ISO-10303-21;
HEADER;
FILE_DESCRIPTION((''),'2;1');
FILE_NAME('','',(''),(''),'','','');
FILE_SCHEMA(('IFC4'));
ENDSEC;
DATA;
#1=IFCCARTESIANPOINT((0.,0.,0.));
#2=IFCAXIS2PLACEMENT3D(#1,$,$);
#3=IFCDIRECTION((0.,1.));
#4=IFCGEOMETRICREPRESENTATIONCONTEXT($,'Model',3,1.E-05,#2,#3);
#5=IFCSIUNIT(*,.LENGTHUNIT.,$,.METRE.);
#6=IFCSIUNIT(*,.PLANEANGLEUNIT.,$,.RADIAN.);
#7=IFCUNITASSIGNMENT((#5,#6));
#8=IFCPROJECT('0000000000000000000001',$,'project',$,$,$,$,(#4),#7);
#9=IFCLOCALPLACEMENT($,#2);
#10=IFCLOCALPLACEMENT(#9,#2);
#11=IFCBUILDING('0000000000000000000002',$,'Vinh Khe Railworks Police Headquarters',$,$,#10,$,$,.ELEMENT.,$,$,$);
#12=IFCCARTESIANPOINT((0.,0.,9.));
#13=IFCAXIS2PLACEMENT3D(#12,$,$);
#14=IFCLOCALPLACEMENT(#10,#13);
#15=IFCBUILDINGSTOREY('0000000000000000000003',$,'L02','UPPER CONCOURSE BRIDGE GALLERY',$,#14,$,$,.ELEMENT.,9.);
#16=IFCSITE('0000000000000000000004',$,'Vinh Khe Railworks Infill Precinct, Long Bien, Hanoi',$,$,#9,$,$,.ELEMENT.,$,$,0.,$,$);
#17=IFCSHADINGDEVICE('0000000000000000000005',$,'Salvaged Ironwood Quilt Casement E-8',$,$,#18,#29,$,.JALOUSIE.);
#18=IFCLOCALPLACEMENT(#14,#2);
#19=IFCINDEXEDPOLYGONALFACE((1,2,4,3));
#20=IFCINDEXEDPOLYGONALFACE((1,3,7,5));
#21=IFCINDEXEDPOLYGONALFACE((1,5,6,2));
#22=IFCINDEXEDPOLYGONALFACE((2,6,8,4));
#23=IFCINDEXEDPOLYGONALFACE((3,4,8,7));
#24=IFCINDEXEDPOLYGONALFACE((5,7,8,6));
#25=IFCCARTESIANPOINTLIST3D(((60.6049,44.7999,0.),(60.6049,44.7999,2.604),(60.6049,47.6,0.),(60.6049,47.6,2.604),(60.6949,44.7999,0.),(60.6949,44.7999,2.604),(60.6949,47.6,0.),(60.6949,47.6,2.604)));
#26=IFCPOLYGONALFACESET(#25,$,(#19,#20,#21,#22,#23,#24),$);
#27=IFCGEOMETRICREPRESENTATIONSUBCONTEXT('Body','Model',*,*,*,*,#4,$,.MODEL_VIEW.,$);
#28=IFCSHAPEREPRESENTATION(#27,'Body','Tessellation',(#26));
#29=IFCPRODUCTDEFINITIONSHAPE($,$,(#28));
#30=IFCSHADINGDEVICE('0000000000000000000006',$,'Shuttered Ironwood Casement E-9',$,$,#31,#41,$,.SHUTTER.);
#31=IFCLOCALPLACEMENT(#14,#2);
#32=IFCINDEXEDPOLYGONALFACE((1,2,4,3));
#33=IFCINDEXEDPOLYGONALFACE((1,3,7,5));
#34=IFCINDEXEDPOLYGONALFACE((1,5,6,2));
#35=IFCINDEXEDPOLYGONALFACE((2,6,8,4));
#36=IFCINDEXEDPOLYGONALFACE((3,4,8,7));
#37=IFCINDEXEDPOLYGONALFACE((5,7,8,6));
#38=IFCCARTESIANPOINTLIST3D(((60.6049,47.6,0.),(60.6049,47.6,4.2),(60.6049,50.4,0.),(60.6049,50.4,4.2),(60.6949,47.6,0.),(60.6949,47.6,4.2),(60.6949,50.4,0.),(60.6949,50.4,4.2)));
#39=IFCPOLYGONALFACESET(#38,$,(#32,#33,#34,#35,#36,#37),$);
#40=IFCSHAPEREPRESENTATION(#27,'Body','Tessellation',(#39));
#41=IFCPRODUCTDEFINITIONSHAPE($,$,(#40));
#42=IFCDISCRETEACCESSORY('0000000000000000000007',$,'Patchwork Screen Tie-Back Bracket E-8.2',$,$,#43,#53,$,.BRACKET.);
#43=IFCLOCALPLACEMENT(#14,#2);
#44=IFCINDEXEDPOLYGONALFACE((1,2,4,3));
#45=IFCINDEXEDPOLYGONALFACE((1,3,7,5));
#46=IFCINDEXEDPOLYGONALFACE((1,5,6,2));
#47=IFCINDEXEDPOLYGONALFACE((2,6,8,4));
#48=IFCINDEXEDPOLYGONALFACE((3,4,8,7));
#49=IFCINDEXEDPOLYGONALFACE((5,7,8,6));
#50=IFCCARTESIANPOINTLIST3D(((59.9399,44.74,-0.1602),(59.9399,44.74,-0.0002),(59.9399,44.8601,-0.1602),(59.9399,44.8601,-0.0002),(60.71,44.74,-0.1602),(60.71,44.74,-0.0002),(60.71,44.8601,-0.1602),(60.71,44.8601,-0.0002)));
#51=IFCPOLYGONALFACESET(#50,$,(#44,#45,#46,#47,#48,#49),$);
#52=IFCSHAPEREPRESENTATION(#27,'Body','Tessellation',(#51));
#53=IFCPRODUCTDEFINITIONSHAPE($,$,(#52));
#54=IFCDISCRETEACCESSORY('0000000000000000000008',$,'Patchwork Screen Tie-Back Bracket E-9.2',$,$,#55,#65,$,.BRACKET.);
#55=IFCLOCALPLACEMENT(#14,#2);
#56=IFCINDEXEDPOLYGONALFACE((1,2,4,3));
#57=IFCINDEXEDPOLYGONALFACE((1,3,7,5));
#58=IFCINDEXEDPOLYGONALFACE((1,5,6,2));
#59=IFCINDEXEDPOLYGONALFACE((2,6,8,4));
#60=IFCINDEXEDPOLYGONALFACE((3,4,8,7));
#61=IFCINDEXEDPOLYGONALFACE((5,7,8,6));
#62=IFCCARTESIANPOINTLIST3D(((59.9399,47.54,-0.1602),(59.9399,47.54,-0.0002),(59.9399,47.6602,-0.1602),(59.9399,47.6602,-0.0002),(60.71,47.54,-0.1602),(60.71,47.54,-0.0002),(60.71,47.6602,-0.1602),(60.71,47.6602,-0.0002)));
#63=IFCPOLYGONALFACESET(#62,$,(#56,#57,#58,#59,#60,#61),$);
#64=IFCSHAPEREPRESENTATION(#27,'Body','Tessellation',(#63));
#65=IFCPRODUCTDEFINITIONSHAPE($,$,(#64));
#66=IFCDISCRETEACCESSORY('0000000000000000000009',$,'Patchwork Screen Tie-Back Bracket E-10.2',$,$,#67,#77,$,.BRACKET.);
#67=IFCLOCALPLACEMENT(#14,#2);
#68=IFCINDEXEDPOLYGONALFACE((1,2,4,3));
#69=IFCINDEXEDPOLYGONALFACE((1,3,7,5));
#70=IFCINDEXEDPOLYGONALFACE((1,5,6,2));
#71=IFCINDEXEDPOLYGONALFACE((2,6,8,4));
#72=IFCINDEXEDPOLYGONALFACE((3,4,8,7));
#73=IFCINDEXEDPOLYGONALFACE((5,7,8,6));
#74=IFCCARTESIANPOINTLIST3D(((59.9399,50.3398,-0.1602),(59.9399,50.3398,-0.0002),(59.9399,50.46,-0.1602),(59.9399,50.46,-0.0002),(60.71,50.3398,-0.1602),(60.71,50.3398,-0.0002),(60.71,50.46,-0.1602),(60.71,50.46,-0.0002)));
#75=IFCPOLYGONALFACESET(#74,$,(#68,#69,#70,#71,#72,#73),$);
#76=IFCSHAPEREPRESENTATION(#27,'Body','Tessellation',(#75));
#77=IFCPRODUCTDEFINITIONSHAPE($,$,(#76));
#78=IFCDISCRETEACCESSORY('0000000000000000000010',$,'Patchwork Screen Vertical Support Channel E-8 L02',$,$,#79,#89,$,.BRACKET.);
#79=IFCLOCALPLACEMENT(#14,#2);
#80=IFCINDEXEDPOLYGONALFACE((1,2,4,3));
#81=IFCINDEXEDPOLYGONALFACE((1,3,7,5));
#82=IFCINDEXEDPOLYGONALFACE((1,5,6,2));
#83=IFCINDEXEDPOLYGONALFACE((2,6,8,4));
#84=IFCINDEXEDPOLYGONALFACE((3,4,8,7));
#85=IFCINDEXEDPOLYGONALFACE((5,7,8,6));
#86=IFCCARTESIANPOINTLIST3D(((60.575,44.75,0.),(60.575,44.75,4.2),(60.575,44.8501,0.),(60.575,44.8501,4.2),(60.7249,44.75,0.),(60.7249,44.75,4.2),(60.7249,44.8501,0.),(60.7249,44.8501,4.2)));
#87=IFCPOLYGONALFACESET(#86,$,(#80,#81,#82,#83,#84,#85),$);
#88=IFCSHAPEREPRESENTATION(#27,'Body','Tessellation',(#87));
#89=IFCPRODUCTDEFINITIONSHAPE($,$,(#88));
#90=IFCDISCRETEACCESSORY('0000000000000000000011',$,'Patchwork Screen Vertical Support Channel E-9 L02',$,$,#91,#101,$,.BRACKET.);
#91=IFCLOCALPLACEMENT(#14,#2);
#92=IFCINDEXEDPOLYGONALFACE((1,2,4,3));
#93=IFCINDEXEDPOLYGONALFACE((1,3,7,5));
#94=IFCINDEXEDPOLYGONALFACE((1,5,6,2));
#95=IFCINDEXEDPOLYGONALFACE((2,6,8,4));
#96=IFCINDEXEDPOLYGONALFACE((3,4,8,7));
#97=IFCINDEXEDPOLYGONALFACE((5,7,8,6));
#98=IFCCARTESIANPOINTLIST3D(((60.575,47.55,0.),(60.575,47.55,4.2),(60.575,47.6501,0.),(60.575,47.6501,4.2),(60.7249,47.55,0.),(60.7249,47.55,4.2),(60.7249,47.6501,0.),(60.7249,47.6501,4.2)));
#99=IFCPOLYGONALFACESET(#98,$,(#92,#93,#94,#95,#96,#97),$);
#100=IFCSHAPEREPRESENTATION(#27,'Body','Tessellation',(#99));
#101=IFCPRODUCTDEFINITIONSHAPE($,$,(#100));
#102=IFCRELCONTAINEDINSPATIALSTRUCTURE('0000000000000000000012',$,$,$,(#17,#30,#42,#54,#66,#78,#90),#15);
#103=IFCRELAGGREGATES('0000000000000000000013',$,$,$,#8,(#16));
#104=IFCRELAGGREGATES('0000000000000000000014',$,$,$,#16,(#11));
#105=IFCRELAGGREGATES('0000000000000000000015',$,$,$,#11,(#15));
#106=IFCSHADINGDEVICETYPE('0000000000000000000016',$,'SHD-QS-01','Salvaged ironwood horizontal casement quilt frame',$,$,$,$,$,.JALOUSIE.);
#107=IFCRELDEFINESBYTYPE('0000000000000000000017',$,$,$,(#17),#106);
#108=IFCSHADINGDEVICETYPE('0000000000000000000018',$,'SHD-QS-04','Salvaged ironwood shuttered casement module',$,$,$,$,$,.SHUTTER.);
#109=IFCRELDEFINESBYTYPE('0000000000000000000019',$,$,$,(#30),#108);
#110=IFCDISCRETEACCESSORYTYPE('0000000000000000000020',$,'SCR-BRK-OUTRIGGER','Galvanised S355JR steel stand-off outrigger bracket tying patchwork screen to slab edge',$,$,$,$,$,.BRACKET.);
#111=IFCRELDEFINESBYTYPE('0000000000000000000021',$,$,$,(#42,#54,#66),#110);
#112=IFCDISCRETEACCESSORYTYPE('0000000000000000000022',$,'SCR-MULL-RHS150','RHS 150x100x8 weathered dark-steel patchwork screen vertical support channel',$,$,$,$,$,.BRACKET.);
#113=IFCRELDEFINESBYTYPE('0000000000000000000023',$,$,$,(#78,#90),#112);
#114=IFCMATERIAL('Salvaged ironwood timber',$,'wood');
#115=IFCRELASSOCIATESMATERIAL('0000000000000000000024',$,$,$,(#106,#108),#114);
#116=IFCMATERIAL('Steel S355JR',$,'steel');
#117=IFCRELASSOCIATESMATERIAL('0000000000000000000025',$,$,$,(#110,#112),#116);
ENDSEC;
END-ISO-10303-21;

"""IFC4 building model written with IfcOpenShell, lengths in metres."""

from ifc_helpers import new_model, si_unit, direction, frame, origin, origin_2d, place, context, subcontext, project, spatial, rectangle, extrude, material, type_object, element, save


model = new_model("IFC4")

# Units and contexts
model_context = context("Model", 3, precision=1e-05, world=origin(), true_north=direction((0.0, 1.0)))
body_context = subcontext(model_context, "Body", "Model", "MODEL_VIEW")
ifc_project = project(units=[si_unit("LENGTHUNIT", "METRE"), si_unit("PLANEANGLEUNIT", "RADIAN")], contexts=[model_context])

# Site, building, storey
site_placement = place(None, origin())
site = spatial("IfcSite", under=ifc_project, at=site_placement, Name="Vinh Khe Railworks Infill Precinct, Long Bien, Hanoi", CompositionType="ELEMENT", RefElevation=0.0)
building_placement = place(site_placement, origin())
building = spatial("IfcBuilding", under=site, at=building_placement, Name="Vinh Khe Railworks Police Headquarters", CompositionType="ELEMENT")
storey_placement = place(building_placement, frame((0.0, 0.0, 9.0)))
storey = spatial("IfcBuildingStorey", under=building, at=storey_placement, Name="L02", Description="UPPER CONCOURSE BRIDGE GALLERY", CompositionType="ELEMENT", Elevation=9.0)

# Shared definitions
ifc_material_1 = material(Name="Steel S355JR", Category="steel")

# Shared definitions
ifc_material_2 = material(Name="Salvaged ironwood timber", Category="wood")

# Shading devices
shading_device_type_1 = type_object("IfcShadingDeviceType", Name="SHD-QS-01", Description="Salvaged ironwood horizontal casement quilt frame", PredefinedType="JALOUSIE", material=ifc_material_2)
shading_device_1_placement = place(storey_placement, frame((60.6499, 46.2, 0.0), z_axis=(0.0, 0.0, 1.0), x_axis=(0.0, 1.0, 0.0)))
element("IfcShadingDevice", 1, at=shading_device_1_placement, inside=storey, type_object=shading_device_type_1, Name="Salvaged Ironwood Quilt Casement E-8", PredefinedType="JALOUSIE", context=body_context, shape_type="SweptSolid", body=[
    extrude(rectangle(XDim=2.8, YDim=0.0901, at=origin_2d()), origin(), (0.0, 0.0, 1.0), 2.604),
])
shading_device_type_2 = type_object("IfcShadingDeviceType", Name="SHD-QS-04", Description="Salvaged ironwood shuttered casement module", PredefinedType="SHUTTER", material=ifc_material_2)
shading_device_2_placement = place(storey_placement, frame((60.6499, 49.0, 0.0), z_axis=(0.0, 0.0, 1.0), x_axis=(0.0, 1.0, 0.0)))
element("IfcShadingDevice", 2, at=shading_device_2_placement, inside=storey, type_object=shading_device_type_2, Name="Shuttered Ironwood Casement E-9", PredefinedType="SHUTTER", context=body_context, shape_type="SweptSolid", body=[
    extrude(rectangle(XDim=2.8, YDim=0.0901, at=origin_2d()), origin(), (0.0, 0.0, 1.0), 4.2),
])

# Discrete accessories
discrete_accessory_type_1 = type_object("IfcDiscreteAccessoryType", Name="SCR-BRK-OUTRIGGER", Description="Galvanised S355JR steel stand-off outrigger bracket tying patchwork screen to slab edge", PredefinedType="BRACKET", material=ifc_material_1)
for number, where, z_axis, x_axis, name in (
    (3, (60.325, 44.8, -0.1602), (0.0, 0.0, 1.0), (1.0, 0.0, 0.0), "Patchwork Screen Tie-Back Bracket E-8.2"),
    (4, (60.325, 47.6001, -0.1602), (0.0, 0.0, 1.0), (1.0, 0.0, 0.0), "Patchwork Screen Tie-Back Bracket E-9.2"),
    (5, (60.325, 50.3999, -0.1602), (0.0, 0.0, 1.0), (1.0, 0.0, 0.0), "Patchwork Screen Tie-Back Bracket E-10.2"),
):
    element("IfcDiscreteAccessory", number, at=place(storey_placement, frame(where, z_axis=z_axis, x_axis=x_axis)), inside=storey, type_object=discrete_accessory_type_1, Name=name, PredefinedType="BRACKET", context=body_context, shape_type="SweptSolid", body=[
        extrude(rectangle(XDim=0.77, YDim=0.1201, at=origin_2d()), origin(), (0.0, 0.0, 1.0), 0.1599),
    ])
discrete_accessory_type_2 = type_object("IfcDiscreteAccessoryType", Name="SCR-MULL-RHS150", Description="RHS 150x100x8 weathered dark-steel patchwork screen vertical support channel", PredefinedType="BRACKET", material=ifc_material_1)
for number, where, z_axis, x_axis, name in (
    (6, (60.6499, 44.8, 0.0), (0.0, 0.0, 1.0), (1.0, 0.0, 0.0), "Patchwork Screen Vertical Support Channel E-8 L02"),
    (7, (60.6499, 47.6001, 0.0), (0.0, 0.0, 1.0), (1.0, 0.0, 0.0), "Patchwork Screen Vertical Support Channel E-9 L02"),
):
    element("IfcDiscreteAccessory", number, at=place(storey_placement, frame(where, z_axis=z_axis, x_axis=x_axis)), inside=storey, type_object=discrete_accessory_type_2, Name=name, PredefinedType="BRACKET", context=body_context, shape_type="SweptSolid", body=[
        extrude(rectangle(XDim=0.1499, YDim=0.1001, at=origin_2d()), origin(), (0.0, 0.0, 1.0), 4.2),
    ])

save(model, "model.ifc")
